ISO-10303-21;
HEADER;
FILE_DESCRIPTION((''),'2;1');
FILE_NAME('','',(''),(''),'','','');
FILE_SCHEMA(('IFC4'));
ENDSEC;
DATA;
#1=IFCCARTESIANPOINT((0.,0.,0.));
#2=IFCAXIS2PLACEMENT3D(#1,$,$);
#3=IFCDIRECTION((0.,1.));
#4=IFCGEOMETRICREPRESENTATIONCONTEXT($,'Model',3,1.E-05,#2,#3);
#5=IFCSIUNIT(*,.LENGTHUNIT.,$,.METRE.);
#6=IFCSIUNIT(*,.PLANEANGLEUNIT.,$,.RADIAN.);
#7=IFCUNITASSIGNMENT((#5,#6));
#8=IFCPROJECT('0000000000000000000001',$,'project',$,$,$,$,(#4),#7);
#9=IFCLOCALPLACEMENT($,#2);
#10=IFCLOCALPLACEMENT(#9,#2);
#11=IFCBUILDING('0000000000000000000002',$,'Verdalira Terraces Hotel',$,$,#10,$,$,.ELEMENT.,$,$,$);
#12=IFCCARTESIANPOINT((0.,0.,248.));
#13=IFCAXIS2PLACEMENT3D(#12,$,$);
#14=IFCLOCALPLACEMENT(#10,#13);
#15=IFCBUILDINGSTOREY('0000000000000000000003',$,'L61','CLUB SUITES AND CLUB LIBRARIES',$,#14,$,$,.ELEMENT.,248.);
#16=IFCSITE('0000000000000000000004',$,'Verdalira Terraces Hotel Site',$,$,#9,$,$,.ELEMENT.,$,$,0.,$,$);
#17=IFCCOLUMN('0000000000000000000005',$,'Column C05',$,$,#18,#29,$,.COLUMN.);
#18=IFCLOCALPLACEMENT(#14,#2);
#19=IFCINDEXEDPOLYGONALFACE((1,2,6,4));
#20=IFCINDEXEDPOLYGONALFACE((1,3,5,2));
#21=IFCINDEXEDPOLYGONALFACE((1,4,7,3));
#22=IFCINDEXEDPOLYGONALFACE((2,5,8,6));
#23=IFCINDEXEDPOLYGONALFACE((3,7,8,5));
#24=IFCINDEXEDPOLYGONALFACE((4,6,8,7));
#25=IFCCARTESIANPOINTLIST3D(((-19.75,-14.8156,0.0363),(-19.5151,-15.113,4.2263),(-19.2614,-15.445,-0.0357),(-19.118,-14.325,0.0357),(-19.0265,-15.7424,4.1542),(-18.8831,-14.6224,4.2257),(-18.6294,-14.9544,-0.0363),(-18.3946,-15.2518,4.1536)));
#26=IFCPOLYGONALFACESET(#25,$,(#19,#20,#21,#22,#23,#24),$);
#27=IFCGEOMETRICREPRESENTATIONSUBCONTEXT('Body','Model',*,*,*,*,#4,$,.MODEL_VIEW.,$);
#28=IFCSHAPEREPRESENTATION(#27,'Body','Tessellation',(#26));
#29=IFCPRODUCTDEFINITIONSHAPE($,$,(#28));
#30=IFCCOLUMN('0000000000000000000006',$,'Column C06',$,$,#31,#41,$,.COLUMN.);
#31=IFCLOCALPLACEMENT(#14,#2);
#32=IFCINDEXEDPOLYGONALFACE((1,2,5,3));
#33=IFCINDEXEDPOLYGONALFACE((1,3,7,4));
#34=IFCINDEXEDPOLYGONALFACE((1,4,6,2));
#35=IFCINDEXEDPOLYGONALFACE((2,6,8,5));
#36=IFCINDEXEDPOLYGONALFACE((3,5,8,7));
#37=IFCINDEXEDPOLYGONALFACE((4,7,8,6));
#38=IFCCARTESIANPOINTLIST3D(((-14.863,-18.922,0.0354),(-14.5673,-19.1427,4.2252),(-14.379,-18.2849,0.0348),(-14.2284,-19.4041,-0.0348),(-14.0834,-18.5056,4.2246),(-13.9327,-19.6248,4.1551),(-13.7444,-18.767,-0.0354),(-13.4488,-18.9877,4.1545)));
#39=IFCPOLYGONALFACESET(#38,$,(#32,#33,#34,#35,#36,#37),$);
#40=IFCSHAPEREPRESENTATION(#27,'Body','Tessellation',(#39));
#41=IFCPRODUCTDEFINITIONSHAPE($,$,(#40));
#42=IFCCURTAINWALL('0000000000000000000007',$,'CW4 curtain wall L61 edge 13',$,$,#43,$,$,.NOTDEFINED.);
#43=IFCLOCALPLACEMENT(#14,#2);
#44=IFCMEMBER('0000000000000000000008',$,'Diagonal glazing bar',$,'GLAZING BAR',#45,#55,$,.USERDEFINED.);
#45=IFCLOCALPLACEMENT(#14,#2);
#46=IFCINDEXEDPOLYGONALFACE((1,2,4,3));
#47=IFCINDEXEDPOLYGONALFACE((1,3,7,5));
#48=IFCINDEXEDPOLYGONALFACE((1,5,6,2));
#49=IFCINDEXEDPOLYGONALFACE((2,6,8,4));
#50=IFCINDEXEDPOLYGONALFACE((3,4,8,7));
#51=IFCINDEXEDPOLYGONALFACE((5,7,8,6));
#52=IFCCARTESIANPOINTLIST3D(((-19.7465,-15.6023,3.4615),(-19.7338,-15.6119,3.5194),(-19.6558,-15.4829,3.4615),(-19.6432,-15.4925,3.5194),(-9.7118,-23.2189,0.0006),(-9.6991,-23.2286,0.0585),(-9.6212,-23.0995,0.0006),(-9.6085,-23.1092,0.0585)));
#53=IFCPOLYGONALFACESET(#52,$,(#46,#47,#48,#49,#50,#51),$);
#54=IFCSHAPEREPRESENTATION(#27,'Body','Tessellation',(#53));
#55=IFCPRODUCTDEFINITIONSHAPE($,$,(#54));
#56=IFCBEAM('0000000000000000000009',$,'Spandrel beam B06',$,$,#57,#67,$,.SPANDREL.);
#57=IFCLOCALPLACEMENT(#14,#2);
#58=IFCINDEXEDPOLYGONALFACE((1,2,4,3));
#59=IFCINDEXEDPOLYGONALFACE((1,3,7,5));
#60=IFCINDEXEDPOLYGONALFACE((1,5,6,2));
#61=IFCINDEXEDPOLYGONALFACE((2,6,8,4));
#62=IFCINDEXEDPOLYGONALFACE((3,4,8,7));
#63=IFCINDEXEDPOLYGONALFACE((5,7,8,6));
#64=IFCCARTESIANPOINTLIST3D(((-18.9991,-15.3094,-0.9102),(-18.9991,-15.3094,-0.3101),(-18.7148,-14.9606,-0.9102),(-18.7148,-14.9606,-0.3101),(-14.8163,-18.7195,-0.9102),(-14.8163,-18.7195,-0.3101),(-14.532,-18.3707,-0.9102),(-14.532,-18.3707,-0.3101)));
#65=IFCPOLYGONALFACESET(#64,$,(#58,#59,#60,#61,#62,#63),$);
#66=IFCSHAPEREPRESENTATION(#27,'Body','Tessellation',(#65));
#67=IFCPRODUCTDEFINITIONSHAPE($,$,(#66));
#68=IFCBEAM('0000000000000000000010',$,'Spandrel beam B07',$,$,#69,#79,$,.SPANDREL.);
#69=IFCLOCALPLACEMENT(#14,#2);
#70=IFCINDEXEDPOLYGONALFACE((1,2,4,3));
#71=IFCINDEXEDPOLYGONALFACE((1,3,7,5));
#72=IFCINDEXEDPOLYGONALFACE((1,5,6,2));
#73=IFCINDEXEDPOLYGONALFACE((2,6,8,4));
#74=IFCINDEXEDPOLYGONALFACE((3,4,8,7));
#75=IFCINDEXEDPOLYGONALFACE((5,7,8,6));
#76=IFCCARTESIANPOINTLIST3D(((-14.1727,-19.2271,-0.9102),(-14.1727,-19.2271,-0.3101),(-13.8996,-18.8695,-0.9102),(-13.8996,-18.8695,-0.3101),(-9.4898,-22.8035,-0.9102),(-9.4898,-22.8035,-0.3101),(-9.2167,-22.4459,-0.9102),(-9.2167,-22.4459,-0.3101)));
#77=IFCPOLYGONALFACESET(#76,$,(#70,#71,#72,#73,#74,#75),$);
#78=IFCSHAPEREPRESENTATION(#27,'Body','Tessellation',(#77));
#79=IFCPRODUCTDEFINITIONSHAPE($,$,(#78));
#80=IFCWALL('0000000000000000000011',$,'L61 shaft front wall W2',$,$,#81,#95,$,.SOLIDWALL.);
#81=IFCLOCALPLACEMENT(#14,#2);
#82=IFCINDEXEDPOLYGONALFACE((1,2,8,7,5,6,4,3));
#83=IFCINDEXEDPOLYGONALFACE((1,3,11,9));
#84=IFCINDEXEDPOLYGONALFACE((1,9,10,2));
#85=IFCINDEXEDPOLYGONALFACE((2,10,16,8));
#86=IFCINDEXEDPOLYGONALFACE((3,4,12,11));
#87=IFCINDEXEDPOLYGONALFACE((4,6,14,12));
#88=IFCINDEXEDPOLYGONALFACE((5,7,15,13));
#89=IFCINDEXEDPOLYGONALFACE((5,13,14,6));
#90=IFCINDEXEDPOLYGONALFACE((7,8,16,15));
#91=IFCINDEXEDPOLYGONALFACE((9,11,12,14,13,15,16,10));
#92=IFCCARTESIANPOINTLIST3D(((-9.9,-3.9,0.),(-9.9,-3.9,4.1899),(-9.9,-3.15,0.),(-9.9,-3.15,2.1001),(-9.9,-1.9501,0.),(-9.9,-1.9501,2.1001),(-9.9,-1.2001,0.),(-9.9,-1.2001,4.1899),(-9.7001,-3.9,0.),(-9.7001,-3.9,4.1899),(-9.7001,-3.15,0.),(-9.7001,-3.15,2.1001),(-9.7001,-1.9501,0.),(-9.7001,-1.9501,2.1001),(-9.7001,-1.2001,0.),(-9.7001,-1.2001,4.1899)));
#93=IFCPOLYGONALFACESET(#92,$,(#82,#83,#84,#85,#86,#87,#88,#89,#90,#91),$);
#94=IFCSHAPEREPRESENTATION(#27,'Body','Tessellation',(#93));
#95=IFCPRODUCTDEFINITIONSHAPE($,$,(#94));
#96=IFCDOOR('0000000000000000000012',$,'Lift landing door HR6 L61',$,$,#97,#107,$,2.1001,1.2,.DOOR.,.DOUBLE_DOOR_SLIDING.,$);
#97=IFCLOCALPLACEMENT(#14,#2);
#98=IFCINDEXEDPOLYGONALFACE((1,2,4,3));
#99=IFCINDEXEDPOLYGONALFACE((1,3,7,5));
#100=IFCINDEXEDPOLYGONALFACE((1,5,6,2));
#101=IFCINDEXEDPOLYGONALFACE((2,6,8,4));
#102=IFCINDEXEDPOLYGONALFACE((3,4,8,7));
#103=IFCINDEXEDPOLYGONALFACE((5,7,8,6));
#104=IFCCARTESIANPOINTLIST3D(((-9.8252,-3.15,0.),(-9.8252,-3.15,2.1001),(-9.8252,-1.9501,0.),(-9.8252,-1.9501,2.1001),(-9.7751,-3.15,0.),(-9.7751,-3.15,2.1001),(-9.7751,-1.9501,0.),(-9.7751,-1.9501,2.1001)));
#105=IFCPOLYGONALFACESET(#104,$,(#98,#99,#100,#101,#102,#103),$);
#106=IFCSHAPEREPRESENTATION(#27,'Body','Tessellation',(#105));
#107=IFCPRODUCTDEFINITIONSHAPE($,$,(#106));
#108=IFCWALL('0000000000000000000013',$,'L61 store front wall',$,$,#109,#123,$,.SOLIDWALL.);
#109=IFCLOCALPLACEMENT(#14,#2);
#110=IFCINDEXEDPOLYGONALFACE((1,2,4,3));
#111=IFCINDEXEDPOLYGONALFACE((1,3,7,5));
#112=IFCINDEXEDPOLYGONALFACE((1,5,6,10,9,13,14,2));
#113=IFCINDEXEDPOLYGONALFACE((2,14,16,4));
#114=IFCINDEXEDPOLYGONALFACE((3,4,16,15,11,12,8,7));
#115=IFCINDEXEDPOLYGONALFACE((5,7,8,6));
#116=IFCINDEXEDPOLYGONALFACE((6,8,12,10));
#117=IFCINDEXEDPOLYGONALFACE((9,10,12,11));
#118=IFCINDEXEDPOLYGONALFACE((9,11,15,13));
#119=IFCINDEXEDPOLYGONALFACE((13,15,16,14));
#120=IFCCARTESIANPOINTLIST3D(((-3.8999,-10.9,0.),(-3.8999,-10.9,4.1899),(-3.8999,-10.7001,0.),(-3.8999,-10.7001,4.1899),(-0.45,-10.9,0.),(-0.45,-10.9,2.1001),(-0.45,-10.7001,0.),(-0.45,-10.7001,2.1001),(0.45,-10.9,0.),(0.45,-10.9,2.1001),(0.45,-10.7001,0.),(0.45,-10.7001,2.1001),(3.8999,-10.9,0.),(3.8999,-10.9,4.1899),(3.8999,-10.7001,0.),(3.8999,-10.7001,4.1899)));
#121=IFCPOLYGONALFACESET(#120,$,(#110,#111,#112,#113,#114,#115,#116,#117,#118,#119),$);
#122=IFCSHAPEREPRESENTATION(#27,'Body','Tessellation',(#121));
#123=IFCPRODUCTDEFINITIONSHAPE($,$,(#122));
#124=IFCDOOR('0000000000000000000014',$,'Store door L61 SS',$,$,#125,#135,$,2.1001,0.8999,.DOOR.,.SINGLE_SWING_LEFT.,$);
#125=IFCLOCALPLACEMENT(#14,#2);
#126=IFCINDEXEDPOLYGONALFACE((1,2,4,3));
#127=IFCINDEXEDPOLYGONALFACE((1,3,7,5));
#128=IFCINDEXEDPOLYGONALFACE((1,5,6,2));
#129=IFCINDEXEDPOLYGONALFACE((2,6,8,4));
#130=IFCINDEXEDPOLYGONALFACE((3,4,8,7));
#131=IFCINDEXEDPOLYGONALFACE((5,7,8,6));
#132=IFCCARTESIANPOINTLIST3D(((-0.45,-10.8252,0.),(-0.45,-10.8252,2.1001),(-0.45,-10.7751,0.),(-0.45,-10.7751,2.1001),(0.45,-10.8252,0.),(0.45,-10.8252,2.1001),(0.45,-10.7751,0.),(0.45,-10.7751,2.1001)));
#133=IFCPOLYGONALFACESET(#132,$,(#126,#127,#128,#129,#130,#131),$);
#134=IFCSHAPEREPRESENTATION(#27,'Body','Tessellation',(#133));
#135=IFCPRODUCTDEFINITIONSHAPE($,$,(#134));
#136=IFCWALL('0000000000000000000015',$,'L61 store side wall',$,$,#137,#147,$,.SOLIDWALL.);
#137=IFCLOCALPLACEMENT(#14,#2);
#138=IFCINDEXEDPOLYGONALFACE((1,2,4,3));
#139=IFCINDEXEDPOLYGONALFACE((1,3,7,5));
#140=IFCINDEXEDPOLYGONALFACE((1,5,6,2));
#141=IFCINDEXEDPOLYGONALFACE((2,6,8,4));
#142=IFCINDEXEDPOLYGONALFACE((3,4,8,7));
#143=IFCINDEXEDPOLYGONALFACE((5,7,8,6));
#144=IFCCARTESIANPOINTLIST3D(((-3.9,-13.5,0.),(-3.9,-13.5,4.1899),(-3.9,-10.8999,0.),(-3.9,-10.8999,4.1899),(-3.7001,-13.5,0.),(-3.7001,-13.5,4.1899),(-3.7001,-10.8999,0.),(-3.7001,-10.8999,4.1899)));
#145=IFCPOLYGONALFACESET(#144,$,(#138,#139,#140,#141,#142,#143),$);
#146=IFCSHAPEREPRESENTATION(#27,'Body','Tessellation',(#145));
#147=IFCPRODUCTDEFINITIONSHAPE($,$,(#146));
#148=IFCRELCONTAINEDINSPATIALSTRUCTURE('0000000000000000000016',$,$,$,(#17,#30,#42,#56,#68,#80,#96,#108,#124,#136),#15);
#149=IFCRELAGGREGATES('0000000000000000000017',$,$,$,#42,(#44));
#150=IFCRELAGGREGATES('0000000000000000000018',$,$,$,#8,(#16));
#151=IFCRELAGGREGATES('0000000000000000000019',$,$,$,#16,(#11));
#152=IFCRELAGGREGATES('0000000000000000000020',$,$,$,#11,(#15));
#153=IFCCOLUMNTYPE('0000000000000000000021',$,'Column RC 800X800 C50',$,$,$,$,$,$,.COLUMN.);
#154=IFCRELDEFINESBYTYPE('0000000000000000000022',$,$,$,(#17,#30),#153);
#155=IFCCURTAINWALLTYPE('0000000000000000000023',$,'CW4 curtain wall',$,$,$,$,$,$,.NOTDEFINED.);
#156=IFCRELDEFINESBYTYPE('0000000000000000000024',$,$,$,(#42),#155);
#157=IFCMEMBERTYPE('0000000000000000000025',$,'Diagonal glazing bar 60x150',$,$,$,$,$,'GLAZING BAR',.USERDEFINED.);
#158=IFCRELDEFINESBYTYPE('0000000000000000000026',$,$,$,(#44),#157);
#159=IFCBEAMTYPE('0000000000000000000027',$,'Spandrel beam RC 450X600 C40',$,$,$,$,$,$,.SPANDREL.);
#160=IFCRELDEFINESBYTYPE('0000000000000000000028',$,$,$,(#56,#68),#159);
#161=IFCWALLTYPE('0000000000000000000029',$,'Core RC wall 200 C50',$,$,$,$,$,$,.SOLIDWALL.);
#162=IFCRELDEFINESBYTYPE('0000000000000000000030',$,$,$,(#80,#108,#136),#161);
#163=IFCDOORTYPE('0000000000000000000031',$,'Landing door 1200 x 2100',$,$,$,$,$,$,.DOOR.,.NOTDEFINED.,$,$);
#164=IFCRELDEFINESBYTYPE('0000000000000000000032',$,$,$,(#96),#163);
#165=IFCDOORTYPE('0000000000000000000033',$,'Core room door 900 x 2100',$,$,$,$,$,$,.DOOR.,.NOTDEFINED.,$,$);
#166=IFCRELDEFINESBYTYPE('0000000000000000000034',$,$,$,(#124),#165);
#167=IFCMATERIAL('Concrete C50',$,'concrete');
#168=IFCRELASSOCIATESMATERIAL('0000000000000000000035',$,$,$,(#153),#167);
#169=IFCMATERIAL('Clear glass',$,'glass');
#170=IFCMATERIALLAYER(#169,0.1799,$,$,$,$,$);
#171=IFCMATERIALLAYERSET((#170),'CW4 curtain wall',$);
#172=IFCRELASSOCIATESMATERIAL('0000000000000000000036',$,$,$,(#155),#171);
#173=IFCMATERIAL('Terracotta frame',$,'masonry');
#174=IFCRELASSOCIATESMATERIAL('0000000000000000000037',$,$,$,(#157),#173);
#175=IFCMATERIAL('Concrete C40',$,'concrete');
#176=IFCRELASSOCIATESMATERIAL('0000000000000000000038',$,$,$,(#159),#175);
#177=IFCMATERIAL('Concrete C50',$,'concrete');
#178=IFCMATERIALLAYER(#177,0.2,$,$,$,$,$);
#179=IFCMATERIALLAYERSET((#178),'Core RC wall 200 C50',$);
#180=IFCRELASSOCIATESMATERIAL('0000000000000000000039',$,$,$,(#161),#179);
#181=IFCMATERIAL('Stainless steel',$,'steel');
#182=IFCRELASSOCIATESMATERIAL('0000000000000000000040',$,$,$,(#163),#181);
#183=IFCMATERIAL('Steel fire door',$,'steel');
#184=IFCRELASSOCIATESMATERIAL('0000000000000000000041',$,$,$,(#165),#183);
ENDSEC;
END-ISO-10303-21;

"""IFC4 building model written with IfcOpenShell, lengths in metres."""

from ifc_helpers import new_model, si_unit, direction, frame, frame_2d, origin, origin_2d, place, context, subcontext, project, spatial, rectangle, extrude, material, layer, layer_set, material_profile, profile_set, type_object, element, fill, aggregate, save


model = new_model("IFC4")

# Units and contexts
model_context = context("Model", 3, precision=1e-05, world=origin(), true_north=direction((0.0, 1.0)))
body_context = subcontext(model_context, "Body", "Model", "MODEL_VIEW")
ifc_project = project(units=[si_unit("LENGTHUNIT", "METRE"), si_unit("PLANEANGLEUNIT", "RADIAN")], contexts=[model_context])

# Site, building, storey
site_placement = place(None, origin())
site = spatial("IfcSite", under=ifc_project, at=site_placement, Name="Verdalira Terraces Hotel Site", CompositionType="ELEMENT", RefElevation=0.0)
building_placement = place(site_placement, origin())
building = spatial("IfcBuilding", under=site, at=building_placement, Name="Verdalira Terraces Hotel", CompositionType="ELEMENT")
storey_placement = place(building_placement, frame((0.0, 0.0, 248.0)))
storey = spatial("IfcBuildingStorey", under=building, at=storey_placement, Name="L61", Description="CLUB SUITES AND CLUB LIBRARIES", CompositionType="ELEMENT", Elevation=248.0)

# Columns
ifc_material_1 = material(Name="Concrete C50", Category="concrete")
ifc_material_profile_1 = material_profile(ifc_material_1, rectangle(XDim=0.8, YDim=0.8, at=origin_2d()), Name="RC 800X800")
ifc_profile_set_1 = profile_set([ifc_material_profile_1], Name="Concrete C50")
column_type = type_object("IfcColumnType", Name="Column RC 800X800 C50", PredefinedType="COLUMN", material=ifc_profile_set_1)
column_1_placement = place(storey_placement, frame((-19.1897, -14.885, 0.0), z_axis=(0.055826, -0.070682, 0.995935), x_axis=(-0.610669, 0.786748, 0.090067)))
element("IfcColumn", 1, at=column_1_placement, inside=storey, type_object=column_type, Name="Column C05", PredefinedType="COLUMN", context=body_context, shape_type="SweptSolid", body=[
    extrude(rectangle(XDim=0.8, YDim=0.8, at=origin_2d()), origin(), (0.0, 0.0, 1.0), 4.207),
])
column_2_placement = place(storey_placement, frame((-14.3037, -18.8445, 0.0), z_axis=(0.070291, -0.052471, 0.996146), x_axis=(0.7932, -0.602612, -0.087713)))
element("IfcColumn", 2, at=column_2_placement, inside=storey, type_object=column_type, Name="Column C06", PredefinedType="COLUMN", context=body_context, shape_type="SweptSolid", body=[
    extrude(rectangle(XDim=0.8, YDim=0.8, at=origin_2d()), origin(), (0.0, 0.0, 1.0), 4.2061),
])

# Curtain wall, member
ifc_material_2 = material(Name="Clear glass", Category="glass")
ifc_layer_1 = layer(ifc_material_2, 0.1799)
ifc_layer_set_1 = layer_set([ifc_layer_1], Name="CW4 curtain wall")
curtain_wall_type = type_object("IfcCurtainWallType", Name="CW4 curtain wall", PredefinedType="NOTDEFINED", material=ifc_layer_set_1)
curtain_wall_placement = place(storey_placement, origin())
curtain_wall = element("IfcCurtainWall", 3, at=curtain_wall_placement, inside=storey, type_object=curtain_wall_type, Name="CW4 curtain wall L61 edge 13", PredefinedType="NOTDEFINED")
ifc_material_3 = material(Name="Terracotta frame", Category="masonry")
ifc_material_profile_2 = material_profile(ifc_material_3, rectangle(XDim=0.1499, YDim=0.0601, at=origin_2d()), Name="GB 60x150")
ifc_profile_set_2 = profile_set([ifc_material_profile_2], Name="Terracotta frame")
member_type = type_object("IfcMemberType", Name="Diagonal glazing bar 60x150", ElementType="GLAZING BAR", PredefinedType="USERDEFINED", material=ifc_profile_set_2)
member_placement = place(storey_placement, frame((-19.6948, -15.5474, 3.4905), z_axis=(0.768074, -0.582998, -0.264907), x_axis=(0.604598, 0.796531, 0.0)))
member = element("IfcMember", 4, at=member_placement, type_object=member_type, Name="Diagonal glazing bar", ObjectType="GLAZING BAR", PredefinedType="USERDEFINED", context=body_context, shape_type="SweptSolid", body=[
    extrude(rectangle(XDim=0.1499, YDim=0.0601, at=origin_2d()), origin(), (0.0, 0.0, 1.0), 13.0647),
])
aggregate(curtain_wall, [member])

# Beams
ifc_material_4 = material(Name="Concrete C40", Category="concrete")
ifc_material_profile_3 = material_profile(ifc_material_4, rectangle(XDim=0.45, YDim=0.6001, at=origin_2d()), Name="RC 450X600")
ifc_profile_set_3 = profile_set([ifc_material_profile_3], Name="Concrete C40")
beam_type = type_object("IfcBeamType", Name="Spandrel beam RC 450X600 C40", PredefinedType="SPANDREL", material=ifc_profile_set_3)
beam_1_placement = place(storey_placement, frame((-18.8569, -15.135, -0.6101), z_axis=(0.775063, -0.631884, 0.0), x_axis=(0.631884, 0.775063, 0.0)))
element("IfcBeam", 5, at=beam_1_placement, inside=storey, type_object=beam_type, Name="Spandrel beam B06", PredefinedType="SPANDREL", context=body_context, shape_type="SweptSolid", body=[
    extrude(rectangle(XDim=0.45, YDim=0.6001, at=origin_2d()), origin(), (0.0, 0.0, 1.0), 5.3967),
])
beam_2_placement = place(storey_placement, frame((-14.0361, -19.0483, -0.6101), z_axis=(0.794734, -0.606958, 0.0), x_axis=(0.606958, 0.794734, 0.0)))
element("IfcBeam", 6, at=beam_2_placement, inside=storey, type_object=beam_type, Name="Spandrel beam B07", PredefinedType="SPANDREL", context=body_context, shape_type="SweptSolid", body=[
    extrude(rectangle(XDim=0.45, YDim=0.6001, at=origin_2d()), origin(), (0.0, 0.0, 1.0), 5.8923),
])

# Walls, openings, doors
ifc_material_5 = material(Name="Concrete C50", Category="concrete")
ifc_layer_2 = layer(ifc_material_5, 0.2)
ifc_layer_set_2 = layer_set([ifc_layer_2], Name="Core RC wall 200 C50")
wall_type_1 = type_object("IfcWallType", Name="Core RC wall 200 C50", PredefinedType="SOLIDWALL", material=ifc_layer_set_2)
wall_1_placement = place(storey_placement, frame((-9.8, -1.2, 0.0), z_axis=(0.0, 0.0, 1.0), x_axis=(0.0, -1.0, 0.0)))
wall_1 = element("IfcWall", 7, at=wall_1_placement, inside=storey, type_object=wall_type_1, Name="L61 shaft front wall W2", PredefinedType="SOLIDWALL", context=body_context, shape_type="SweptSolid", body=[
    extrude(rectangle(XDim=2.7, YDim=0.2, at=frame_2d((1.3501, 0.0))), origin(), (0.0, 0.0, 1.0), 4.1899),
])
opening_1_placement = place(wall_1_placement, frame((0.75, 0.0, 0.0)))
opening_1 = element("IfcOpeningElement", 8, at=opening_1_placement, cuts=wall_1, PredefinedType="OPENING", context=body_context, shape_type="SweptSolid", body=[
    extrude(rectangle(XDim=1.2, YDim=2.1001, at=frame_2d((0.6001, 1.05))), frame((0.0, 0.1099, 0.0), z_axis=(0.0, -1.0, 0.0), x_axis=(1.0, 0.0, 0.0)), (0.0, 0.0, 1.0), 0.22),
])
ifc_material_6 = material(Name="Stainless steel", Category="steel")
door_type_1 = type_object("IfcDoorType", Name="Landing door 1200 x 2100", OperationType="NOTDEFINED", PredefinedType="DOOR", material=ifc_material_6)
door_1_placement = place(opening_1_placement, origin())
door_1 = element("IfcDoor", 9, at=door_1_placement, inside=storey, type_object=door_type_1, Name="Lift landing door HR6 L61", OperationType="DOUBLE_DOOR_SLIDING", OverallHeight=2.1001, OverallWidth=1.2, PredefinedType="DOOR", context=body_context, shape_type="SweptSolid", body=[
    extrude(rectangle(XDim=1.2, YDim=2.1001, at=frame_2d((0.6001, 1.05))), frame((0.0, 0.0249, 0.0), z_axis=(0.0, -1.0, 0.0), x_axis=(1.0, 0.0, 0.0)), (0.0, 0.0, 1.0), 0.05),
])
fill(opening_1, door_1)
wall_2_placement = place(storey_placement, frame((-3.8999, -10.8, 0.0), z_axis=(0.0, 0.0, 1.0), x_axis=(1.0, 0.0, 0.0)))
wall_2 = element("IfcWall", 10, at=wall_2_placement, inside=storey, type_object=wall_type_1, Name="L61 store front wall", PredefinedType="SOLIDWALL", context=body_context, shape_type="SweptSolid", body=[
    extrude(rectangle(XDim=7.7998, YDim=0.2, at=frame_2d((3.8999, 0.0))), origin(), (0.0, 0.0, 1.0), 4.1899),
])
opening_2_placement = place(wall_2_placement, frame((3.45, 0.0, 0.0)))
opening_2 = element("IfcOpeningElement", 11, at=opening_2_placement, cuts=wall_2, PredefinedType="OPENING", context=body_context, shape_type="SweptSolid", body=[
    extrude(rectangle(XDim=0.8999, YDim=2.1001, at=frame_2d((0.45, 1.05))), frame((0.0, 0.1099, 0.0), z_axis=(0.0, -1.0, 0.0), x_axis=(1.0, 0.0, 0.0)), (0.0, 0.0, 1.0), 0.22),
])
ifc_material_7 = material(Name="Steel fire door", Category="steel")
door_type_2 = type_object("IfcDoorType", Name="Core room door 900 x 2100", OperationType="NOTDEFINED", PredefinedType="DOOR", material=ifc_material_7)
door_2_placement = place(opening_2_placement, origin())
door_2 = element("IfcDoor", 12, at=door_2_placement, inside=storey, type_object=door_type_2, Name="Store door L61 SS", OperationType="SINGLE_SWING_LEFT", OverallHeight=2.1001, OverallWidth=0.8999, PredefinedType="DOOR", context=body_context, shape_type="SweptSolid", body=[
    extrude(rectangle(XDim=0.8999, YDim=2.1001, at=frame_2d((0.45, 1.05))), frame((0.0, 0.0249, 0.0), z_axis=(0.0, -1.0, 0.0), x_axis=(1.0, 0.0, 0.0)), (0.0, 0.0, 1.0), 0.05),
])
fill(opening_2, door_2)

# Wall
wall_3_placement = place(storey_placement, frame((-3.8, -10.8999, 0.0), z_axis=(0.0, 0.0, 1.0), x_axis=(0.0, -1.0, 0.0)))
element("IfcWall", 13, at=wall_3_placement, inside=storey, type_object=wall_type_1, Name="L61 store side wall", PredefinedType="SOLIDWALL", context=body_context, shape_type="SweptSolid", body=[
    extrude(rectangle(XDim=2.6001, YDim=0.2, at=frame_2d((1.3, 0.0))), origin(), (0.0, 0.0, 1.0), 4.1899),
])

save(model, "model.ifc")
